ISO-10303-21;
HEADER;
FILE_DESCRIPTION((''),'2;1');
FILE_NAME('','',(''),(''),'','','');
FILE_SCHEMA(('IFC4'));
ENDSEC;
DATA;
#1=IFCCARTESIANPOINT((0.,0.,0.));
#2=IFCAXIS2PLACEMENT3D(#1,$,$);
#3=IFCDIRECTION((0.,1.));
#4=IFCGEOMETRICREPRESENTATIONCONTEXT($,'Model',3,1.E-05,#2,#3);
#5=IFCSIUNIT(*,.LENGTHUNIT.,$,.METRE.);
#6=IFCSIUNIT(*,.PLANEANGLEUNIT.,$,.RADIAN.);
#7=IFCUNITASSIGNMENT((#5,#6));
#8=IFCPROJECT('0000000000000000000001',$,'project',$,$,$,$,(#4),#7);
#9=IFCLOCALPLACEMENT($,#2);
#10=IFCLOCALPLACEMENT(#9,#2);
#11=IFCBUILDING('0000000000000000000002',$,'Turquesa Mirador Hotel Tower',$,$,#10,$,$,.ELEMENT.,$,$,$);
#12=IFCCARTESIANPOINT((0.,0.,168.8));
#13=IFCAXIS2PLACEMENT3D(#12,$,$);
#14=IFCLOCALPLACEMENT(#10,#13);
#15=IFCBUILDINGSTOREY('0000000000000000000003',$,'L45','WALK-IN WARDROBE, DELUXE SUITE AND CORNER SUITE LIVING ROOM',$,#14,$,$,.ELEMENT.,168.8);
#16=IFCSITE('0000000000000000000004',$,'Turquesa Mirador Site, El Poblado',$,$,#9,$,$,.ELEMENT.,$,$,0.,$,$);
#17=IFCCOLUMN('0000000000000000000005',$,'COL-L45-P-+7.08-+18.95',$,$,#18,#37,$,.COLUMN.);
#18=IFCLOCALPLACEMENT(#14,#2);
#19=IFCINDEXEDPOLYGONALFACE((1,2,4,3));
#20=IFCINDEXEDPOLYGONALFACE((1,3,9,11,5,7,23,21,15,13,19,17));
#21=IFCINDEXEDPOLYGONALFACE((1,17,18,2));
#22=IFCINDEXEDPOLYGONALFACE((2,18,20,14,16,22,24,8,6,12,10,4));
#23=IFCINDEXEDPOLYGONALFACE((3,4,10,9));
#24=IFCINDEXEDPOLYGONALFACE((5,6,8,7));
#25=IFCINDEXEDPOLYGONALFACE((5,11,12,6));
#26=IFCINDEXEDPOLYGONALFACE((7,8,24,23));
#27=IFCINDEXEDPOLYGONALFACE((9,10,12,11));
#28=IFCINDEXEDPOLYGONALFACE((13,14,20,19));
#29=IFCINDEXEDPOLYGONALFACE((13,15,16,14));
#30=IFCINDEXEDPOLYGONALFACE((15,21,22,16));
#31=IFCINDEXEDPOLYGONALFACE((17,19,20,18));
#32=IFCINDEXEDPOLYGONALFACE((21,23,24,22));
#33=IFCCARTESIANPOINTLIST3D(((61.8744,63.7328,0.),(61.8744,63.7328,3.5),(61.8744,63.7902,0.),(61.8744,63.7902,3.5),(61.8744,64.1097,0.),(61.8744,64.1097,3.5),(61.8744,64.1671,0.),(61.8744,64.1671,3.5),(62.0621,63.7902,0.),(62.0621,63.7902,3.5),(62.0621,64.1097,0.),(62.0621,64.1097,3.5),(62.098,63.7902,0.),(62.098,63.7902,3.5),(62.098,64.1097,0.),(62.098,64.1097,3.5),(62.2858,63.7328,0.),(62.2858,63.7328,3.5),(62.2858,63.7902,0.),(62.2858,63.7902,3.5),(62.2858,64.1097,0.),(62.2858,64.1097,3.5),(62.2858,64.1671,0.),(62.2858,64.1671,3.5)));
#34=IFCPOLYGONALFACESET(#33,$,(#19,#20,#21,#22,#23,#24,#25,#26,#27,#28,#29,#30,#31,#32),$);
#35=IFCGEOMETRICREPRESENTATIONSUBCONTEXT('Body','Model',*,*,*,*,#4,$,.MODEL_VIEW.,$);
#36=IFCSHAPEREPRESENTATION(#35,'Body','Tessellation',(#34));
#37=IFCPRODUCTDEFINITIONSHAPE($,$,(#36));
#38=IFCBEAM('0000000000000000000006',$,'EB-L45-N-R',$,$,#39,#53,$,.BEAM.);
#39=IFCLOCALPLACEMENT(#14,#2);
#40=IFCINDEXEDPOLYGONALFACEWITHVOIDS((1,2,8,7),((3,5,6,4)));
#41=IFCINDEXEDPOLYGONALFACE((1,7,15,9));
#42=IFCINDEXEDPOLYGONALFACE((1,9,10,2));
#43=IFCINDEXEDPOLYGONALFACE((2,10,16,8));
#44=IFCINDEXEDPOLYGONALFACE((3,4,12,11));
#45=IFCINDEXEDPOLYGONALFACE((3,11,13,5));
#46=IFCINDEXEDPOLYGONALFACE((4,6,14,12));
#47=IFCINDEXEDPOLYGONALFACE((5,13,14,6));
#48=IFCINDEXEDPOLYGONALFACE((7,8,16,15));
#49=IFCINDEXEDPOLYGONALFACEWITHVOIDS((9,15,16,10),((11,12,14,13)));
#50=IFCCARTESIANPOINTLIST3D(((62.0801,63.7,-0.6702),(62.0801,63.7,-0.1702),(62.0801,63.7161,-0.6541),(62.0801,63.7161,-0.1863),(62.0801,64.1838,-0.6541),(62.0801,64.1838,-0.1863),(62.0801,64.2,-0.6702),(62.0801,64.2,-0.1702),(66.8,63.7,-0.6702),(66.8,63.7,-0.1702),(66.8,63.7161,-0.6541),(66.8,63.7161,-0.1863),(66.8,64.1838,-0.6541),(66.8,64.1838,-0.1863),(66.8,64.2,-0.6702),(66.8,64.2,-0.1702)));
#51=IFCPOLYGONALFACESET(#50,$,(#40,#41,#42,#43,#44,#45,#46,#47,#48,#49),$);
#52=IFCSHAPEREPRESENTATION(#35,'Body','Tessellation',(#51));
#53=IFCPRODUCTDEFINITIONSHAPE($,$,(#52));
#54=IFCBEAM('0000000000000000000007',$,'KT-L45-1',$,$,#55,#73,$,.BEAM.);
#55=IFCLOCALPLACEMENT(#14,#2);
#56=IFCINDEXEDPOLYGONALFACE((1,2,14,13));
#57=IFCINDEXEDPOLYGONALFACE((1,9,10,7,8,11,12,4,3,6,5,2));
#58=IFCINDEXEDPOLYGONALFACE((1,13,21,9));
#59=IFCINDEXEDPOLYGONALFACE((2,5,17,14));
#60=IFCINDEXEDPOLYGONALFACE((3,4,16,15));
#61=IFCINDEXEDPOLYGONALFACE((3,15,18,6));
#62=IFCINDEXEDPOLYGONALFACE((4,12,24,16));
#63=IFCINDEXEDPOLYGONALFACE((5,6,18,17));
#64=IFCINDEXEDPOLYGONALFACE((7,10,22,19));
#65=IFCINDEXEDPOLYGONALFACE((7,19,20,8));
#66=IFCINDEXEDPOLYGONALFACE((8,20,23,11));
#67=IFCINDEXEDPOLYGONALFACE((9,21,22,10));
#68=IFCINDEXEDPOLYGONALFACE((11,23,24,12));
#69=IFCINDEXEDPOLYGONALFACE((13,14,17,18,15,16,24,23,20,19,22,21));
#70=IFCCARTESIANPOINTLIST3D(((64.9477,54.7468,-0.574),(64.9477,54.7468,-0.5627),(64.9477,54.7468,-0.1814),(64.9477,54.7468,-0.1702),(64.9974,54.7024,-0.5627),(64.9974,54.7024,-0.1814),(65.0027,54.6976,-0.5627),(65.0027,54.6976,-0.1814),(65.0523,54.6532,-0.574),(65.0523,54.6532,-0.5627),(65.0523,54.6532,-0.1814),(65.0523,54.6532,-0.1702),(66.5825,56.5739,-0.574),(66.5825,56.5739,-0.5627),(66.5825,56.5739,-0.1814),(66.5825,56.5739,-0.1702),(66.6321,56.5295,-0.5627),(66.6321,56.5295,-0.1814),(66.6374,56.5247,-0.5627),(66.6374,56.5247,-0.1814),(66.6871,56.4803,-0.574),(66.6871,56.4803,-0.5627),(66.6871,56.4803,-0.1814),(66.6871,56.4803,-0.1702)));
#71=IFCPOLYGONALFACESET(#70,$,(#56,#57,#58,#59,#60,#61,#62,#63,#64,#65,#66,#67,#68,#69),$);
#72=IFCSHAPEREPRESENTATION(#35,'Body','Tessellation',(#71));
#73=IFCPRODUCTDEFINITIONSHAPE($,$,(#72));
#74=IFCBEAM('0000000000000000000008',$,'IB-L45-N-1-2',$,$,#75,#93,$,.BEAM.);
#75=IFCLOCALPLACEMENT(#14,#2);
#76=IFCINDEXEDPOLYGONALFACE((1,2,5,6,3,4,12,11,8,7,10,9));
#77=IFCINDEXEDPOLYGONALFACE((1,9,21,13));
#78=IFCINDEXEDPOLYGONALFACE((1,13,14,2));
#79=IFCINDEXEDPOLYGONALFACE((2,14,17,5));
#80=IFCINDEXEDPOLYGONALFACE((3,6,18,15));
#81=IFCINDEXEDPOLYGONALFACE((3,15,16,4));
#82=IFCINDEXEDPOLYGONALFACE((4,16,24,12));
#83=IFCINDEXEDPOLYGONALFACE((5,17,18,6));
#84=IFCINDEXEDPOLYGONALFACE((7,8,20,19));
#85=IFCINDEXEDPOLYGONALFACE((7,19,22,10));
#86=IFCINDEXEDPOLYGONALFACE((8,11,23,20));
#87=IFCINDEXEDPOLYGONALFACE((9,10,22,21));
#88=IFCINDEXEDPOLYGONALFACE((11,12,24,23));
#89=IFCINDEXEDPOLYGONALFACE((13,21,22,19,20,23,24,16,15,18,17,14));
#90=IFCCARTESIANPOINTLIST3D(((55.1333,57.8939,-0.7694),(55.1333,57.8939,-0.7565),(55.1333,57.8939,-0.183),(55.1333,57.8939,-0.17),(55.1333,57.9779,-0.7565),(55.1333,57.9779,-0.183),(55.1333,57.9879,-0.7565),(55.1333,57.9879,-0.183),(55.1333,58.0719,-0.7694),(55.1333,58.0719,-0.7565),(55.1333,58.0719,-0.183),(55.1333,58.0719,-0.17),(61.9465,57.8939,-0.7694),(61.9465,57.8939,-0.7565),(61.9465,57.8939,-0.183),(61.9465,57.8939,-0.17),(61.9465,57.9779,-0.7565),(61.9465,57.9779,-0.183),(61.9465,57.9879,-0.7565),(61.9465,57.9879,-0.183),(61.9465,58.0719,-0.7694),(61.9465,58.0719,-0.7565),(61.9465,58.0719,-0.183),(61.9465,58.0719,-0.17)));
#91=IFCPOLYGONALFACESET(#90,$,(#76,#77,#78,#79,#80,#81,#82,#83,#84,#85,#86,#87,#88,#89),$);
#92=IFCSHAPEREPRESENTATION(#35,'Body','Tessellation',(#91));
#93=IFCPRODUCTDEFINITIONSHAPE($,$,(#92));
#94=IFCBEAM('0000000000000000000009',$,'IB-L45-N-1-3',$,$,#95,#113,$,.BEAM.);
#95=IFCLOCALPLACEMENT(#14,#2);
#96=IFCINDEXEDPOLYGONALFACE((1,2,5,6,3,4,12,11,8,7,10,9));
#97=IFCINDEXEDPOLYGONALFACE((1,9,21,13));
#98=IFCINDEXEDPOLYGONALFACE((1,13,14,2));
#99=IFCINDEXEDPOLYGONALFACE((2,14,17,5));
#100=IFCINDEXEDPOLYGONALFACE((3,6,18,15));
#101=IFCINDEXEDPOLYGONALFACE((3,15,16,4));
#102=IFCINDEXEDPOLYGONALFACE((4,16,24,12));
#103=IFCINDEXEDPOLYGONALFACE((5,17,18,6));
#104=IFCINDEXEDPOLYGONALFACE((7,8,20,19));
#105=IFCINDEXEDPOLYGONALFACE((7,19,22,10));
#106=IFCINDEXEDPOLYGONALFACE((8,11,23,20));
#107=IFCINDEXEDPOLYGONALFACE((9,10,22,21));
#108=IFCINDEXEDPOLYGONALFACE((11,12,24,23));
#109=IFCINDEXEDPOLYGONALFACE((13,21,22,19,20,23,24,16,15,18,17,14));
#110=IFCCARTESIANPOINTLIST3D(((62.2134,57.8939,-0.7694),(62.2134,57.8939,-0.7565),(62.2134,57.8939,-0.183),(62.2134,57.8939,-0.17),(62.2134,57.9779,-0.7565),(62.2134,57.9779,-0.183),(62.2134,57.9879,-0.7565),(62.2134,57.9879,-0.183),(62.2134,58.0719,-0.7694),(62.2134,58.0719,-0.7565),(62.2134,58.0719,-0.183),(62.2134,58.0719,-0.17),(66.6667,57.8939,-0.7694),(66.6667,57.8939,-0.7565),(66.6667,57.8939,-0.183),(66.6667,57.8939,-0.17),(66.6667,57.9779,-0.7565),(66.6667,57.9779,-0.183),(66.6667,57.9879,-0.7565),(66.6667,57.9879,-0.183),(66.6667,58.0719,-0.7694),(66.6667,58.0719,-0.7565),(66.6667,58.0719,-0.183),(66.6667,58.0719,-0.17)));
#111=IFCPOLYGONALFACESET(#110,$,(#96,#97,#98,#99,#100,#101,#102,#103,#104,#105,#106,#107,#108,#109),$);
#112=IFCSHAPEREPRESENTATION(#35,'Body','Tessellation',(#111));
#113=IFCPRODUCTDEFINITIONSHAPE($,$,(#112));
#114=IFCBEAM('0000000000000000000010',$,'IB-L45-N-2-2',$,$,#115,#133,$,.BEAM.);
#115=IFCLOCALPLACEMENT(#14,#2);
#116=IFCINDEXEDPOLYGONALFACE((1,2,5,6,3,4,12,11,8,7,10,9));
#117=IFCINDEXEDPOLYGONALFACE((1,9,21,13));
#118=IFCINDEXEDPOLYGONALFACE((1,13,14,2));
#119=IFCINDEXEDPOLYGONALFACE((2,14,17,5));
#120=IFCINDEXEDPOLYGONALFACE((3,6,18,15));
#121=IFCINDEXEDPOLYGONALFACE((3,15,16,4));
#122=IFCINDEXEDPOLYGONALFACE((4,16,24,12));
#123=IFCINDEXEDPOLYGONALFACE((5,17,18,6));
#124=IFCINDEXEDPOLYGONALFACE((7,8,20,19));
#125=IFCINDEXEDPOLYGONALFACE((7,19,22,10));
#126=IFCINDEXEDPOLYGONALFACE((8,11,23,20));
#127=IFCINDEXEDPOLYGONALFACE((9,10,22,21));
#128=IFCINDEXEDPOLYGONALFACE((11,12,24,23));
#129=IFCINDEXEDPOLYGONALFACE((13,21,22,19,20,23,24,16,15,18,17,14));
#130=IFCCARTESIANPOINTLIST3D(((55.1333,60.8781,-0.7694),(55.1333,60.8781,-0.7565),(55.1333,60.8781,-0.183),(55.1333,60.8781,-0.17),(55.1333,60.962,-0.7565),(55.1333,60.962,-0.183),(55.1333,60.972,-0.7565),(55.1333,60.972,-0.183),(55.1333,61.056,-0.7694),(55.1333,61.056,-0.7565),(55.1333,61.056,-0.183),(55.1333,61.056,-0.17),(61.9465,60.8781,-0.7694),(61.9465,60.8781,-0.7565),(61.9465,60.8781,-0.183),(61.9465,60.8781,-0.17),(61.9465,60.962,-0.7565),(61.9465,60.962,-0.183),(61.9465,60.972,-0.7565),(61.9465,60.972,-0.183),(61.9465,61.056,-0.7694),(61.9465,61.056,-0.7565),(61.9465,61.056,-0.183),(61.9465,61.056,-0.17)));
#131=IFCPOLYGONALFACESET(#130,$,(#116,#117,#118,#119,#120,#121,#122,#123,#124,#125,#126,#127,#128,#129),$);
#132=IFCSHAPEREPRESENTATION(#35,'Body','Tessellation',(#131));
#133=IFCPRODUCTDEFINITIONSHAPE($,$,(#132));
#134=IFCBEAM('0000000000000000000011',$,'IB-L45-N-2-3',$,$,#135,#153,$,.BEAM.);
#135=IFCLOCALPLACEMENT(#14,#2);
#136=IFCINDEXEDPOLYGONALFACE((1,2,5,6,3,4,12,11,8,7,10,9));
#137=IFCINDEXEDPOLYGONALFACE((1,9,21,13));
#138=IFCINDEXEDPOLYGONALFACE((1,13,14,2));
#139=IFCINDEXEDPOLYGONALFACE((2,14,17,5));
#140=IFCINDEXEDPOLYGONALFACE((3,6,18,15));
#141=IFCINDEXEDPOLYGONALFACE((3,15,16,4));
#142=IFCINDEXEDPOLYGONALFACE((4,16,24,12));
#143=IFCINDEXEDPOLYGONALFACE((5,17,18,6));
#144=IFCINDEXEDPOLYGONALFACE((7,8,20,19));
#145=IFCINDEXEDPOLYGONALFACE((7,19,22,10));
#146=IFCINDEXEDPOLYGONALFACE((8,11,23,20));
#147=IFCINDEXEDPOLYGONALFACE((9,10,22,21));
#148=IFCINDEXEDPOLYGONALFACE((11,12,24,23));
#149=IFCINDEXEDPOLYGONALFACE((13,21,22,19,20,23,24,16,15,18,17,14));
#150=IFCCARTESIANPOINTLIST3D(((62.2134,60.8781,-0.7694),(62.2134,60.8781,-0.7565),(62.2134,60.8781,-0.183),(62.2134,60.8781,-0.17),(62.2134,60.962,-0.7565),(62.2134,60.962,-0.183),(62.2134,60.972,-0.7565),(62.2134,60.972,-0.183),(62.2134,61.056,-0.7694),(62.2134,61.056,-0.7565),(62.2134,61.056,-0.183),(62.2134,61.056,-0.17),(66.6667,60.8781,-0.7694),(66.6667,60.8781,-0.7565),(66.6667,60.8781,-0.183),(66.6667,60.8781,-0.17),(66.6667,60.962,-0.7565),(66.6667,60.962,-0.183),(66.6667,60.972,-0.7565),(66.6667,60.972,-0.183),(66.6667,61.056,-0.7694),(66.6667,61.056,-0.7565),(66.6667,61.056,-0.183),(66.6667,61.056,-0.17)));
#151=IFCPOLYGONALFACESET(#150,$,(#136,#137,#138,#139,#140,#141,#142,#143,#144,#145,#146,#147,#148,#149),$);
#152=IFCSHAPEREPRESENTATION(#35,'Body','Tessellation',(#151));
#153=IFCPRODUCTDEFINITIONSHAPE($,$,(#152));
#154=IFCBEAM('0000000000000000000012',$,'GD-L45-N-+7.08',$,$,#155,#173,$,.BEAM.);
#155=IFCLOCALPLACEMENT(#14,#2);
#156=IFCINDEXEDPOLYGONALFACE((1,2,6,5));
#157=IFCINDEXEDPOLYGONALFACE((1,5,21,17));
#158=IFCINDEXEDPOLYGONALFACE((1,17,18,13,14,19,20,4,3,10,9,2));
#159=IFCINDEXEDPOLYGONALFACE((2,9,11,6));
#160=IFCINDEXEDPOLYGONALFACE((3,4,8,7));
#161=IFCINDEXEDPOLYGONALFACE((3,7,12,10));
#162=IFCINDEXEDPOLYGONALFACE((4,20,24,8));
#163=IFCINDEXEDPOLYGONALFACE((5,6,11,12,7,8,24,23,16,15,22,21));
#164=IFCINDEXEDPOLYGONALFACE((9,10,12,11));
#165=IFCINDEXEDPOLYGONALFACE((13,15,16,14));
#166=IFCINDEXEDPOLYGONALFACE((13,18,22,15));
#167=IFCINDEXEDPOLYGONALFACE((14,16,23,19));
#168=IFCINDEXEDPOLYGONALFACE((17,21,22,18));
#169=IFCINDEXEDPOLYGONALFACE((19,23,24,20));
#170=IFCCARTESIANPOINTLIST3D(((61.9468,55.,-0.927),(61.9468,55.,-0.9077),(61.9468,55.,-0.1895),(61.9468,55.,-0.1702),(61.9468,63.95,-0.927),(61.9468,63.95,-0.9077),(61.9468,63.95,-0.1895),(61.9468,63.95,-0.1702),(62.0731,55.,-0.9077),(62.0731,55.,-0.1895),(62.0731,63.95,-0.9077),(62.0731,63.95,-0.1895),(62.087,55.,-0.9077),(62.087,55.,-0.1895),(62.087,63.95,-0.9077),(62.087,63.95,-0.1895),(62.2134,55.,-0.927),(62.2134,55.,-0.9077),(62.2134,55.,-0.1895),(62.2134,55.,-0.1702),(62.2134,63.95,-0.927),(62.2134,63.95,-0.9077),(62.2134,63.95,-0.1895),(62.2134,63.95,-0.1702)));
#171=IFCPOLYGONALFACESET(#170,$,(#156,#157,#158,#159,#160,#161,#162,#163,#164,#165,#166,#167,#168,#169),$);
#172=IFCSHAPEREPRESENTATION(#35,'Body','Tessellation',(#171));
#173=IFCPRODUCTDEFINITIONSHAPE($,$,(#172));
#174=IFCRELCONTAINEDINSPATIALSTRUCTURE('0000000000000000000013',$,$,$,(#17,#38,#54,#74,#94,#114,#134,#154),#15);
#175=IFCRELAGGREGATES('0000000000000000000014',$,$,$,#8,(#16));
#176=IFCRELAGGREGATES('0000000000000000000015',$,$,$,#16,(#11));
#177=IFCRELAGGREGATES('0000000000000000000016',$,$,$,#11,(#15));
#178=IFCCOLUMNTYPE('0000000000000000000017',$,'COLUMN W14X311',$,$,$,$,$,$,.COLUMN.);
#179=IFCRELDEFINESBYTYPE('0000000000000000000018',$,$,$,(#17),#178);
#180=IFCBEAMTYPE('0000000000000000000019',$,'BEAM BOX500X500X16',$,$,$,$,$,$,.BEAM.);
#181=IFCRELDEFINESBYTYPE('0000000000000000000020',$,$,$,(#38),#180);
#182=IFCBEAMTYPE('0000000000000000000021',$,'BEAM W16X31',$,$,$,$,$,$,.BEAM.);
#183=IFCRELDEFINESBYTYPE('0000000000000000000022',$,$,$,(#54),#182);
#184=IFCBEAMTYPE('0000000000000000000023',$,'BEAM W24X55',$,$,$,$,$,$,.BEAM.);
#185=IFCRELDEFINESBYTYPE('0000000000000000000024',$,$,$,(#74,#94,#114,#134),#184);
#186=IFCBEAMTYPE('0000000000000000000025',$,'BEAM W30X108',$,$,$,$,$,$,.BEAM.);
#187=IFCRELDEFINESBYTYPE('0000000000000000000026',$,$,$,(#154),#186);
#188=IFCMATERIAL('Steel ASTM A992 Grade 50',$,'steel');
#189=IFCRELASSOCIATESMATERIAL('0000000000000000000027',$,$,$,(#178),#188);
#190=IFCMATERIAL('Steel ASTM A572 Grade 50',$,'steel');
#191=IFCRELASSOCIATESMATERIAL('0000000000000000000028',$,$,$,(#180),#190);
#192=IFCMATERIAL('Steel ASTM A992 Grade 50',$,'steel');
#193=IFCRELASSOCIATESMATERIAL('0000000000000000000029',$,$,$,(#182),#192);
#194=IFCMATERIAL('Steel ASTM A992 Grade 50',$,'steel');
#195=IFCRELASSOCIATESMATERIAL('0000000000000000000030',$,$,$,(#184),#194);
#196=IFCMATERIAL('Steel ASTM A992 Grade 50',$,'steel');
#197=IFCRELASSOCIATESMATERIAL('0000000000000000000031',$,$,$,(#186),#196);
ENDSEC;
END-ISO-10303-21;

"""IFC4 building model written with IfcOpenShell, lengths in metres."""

from ifc_helpers import new_model, si_unit, direction, frame, origin, origin_2d, place, context, subcontext, project, spatial, hollow_rectangle, i_section, extrude, material, material_profile, profile_set, type_object, element, save


model = new_model("IFC4")

# Units and contexts
model_context = context("Model", 3, precision=1e-05, world=origin(), true_north=direction((0.0, 1.0)))
body_context = subcontext(model_context, "Body", "Model", "MODEL_VIEW")
ifc_project = project(units=[si_unit("LENGTHUNIT", "METRE"), si_unit("PLANEANGLEUNIT", "RADIAN")], contexts=[model_context])

# Site, building, storey
site_placement = place(None, origin())
site = spatial("IfcSite", under=ifc_project, at=site_placement, Name="Turquesa Mirador Site, El Poblado", CompositionType="ELEMENT", RefElevation=0.0)
building_placement = place(site_placement, origin())
building = spatial("IfcBuilding", under=site, at=building_placement, Name="Turquesa Mirador Hotel Tower", CompositionType="ELEMENT")
storey_placement = place(building_placement, frame((0.0, 0.0, 168.8)))
storey = spatial("IfcBuildingStorey", under=building, at=storey_placement, Name="L45", Description="WALK-IN WARDROBE, DELUXE SUITE AND CORNER SUITE LIVING ROOM", CompositionType="ELEMENT", Elevation=168.8)

# Column
ifc_material_1 = material(Name="Steel ASTM A992 Grade 50", Category="steel")
ifc_material_profile_1 = material_profile(ifc_material_1, i_section(OverallWidth=0.4114, OverallDepth=0.4343, WebThickness=0.0359, FlangeThickness=0.0574, at=origin_2d()), Name="W14X311")
ifc_profile_set_1 = profile_set([ifc_material_profile_1], Name="Steel ASTM A992 Grade 50")
column_type = type_object("IfcColumnType", Name="COLUMN W14X311", PredefinedType="COLUMN", material=ifc_profile_set_1)
column_placement = place(storey_placement, frame((62.0801, 63.95, 0.0), z_axis=(0.0, 0.0, 1.0), x_axis=(1.0, 0.0, 0.0)))
element("IfcColumn", 1, at=column_placement, inside=storey, type_object=column_type, Name="COL-L45-P-+7.08-+18.95", PredefinedType="COLUMN", context=body_context, shape_type="SweptSolid", body=[
    extrude(i_section(OverallWidth=0.4114, OverallDepth=0.4343, WebThickness=0.0359, FlangeThickness=0.0574, at=origin_2d()), origin(), (0.0, 0.0, 1.0), 3.5),
])

# Beams
ifc_material_2 = material(Name="Steel ASTM A572 Grade 50", Category="steel")
ifc_material_profile_2 = material_profile(ifc_material_2, hollow_rectangle(XDim=0.5, YDim=0.5, WallThickness=0.0161, at=origin_2d()), Name="BOX500X500X16")
ifc_profile_set_2 = profile_set([ifc_material_profile_2], Name="Steel ASTM A572 Grade 50")
beam_type_1 = type_object("IfcBeamType", Name="BEAM BOX500X500X16", PredefinedType="BEAM", material=ifc_profile_set_2)
beam_1_placement = place(storey_placement, frame((62.0801, 63.95, -0.4202), z_axis=(1.0, 0.0, 0.0), x_axis=(0.0, 1.0, 0.0)))
element("IfcBeam", 2, at=beam_1_placement, inside=storey, type_object=beam_type_1, Name="EB-L45-N-R", PredefinedType="BEAM", context=body_context, shape_type="SweptSolid", body=[
    extrude(hollow_rectangle(XDim=0.5, YDim=0.5, WallThickness=0.0161, at=origin_2d()), origin(), (0.0, 0.0, 1.0), 4.72),
])
ifc_material_3 = material(Name="Steel ASTM A992 Grade 50", Category="steel")
ifc_material_profile_3 = material_profile(ifc_material_3, i_section(OverallWidth=0.1404, OverallDepth=0.4038, WebThickness=0.0071, FlangeThickness=0.0112, at=origin_2d()), Name="W16X31")
ifc_profile_set_3 = profile_set([ifc_material_profile_3], Name="Steel ASTM A992 Grade 50")
beam_type_2 = type_object("IfcBeamType", Name="BEAM W16X31", PredefinedType="BEAM", material=ifc_profile_set_3)
beam_2_placement = place(storey_placement, frame((66.6348, 56.5271, -0.3721), z_axis=(-0.666783, -0.745252, 0.0), x_axis=(0.745252, -0.666783, 0.0)))
element("IfcBeam", 3, at=beam_2_placement, inside=storey, type_object=beam_type_2, Name="KT-L45-1", PredefinedType="BEAM", context=body_context, shape_type="SweptSolid", body=[
    extrude(i_section(OverallWidth=0.1404, OverallDepth=0.4038, WebThickness=0.0071, FlangeThickness=0.0112, at=origin_2d()), origin(), (0.0, 0.0, 1.0), 2.4517),
])
ifc_material_4 = material(Name="Steel ASTM A992 Grade 50", Category="steel")
ifc_material_profile_4 = material_profile(ifc_material_4, i_section(OverallWidth=0.178, OverallDepth=0.5994, WebThickness=0.01, FlangeThickness=0.0129, at=origin_2d()), Name="W24X55")
ifc_profile_set_4 = profile_set([ifc_material_profile_4], Name="Steel ASTM A992 Grade 50")
beam_type_3 = type_object("IfcBeamType", Name="BEAM W24X55", PredefinedType="BEAM", material=ifc_profile_set_4)
beam_3_placement = place(storey_placement, frame((55.1333, 57.9829, -0.4697), z_axis=(1.0, 0.0, 0.0), x_axis=(0.0, 1.0, 0.0)))
element("IfcBeam", 4, at=beam_3_placement, inside=storey, type_object=beam_type_3, Name="IB-L45-N-1-2", PredefinedType="BEAM", context=body_context, shape_type="SweptSolid", body=[
    extrude(i_section(OverallWidth=0.178, OverallDepth=0.5994, WebThickness=0.01, FlangeThickness=0.0129, at=origin_2d()), origin(), (0.0, 0.0, 1.0), 6.8132),
])
beam_4_placement = place(storey_placement, frame((62.2134, 57.9829, -0.4697), z_axis=(1.0, 0.0, 0.0), x_axis=(0.0, 1.0, 0.0)))
element("IfcBeam", 5, at=beam_4_placement, inside=storey, type_object=beam_type_3, Name="IB-L45-N-1-3", PredefinedType="BEAM", context=body_context, shape_type="SweptSolid", body=[
    extrude(i_section(OverallWidth=0.178, OverallDepth=0.5994, WebThickness=0.01, FlangeThickness=0.0129, at=origin_2d()), origin(), (0.0, 0.0, 1.0), 4.4534),
])
beam_5_placement = place(storey_placement, frame((55.1333, 60.967, -0.4697), z_axis=(1.0, 0.0, 0.0), x_axis=(0.0, 1.0, 0.0)))
element("IfcBeam", 6, at=beam_5_placement, inside=storey, type_object=beam_type_3, Name="IB-L45-N-2-2", PredefinedType="BEAM", context=body_context, shape_type="SweptSolid", body=[
    extrude(i_section(OverallWidth=0.178, OverallDepth=0.5994, WebThickness=0.01, FlangeThickness=0.0129, at=origin_2d()), origin(), (0.0, 0.0, 1.0), 6.8132),
])
beam_6_placement = place(storey_placement, frame((62.2134, 60.967, -0.4697), z_axis=(1.0, 0.0, 0.0), x_axis=(0.0, 1.0, 0.0)))
element("IfcBeam", 7, at=beam_6_placement, inside=storey, type_object=beam_type_3, Name="IB-L45-N-2-3", PredefinedType="BEAM", context=body_context, shape_type="SweptSolid", body=[
    extrude(i_section(OverallWidth=0.178, OverallDepth=0.5994, WebThickness=0.01, FlangeThickness=0.0129, at=origin_2d()), origin(), (0.0, 0.0, 1.0), 4.4534),
])
ifc_material_5 = material(Name="Steel ASTM A992 Grade 50", Category="steel")
ifc_material_profile_5 = material_profile(ifc_material_5, i_section(OverallWidth=0.2666, OverallDepth=0.7568, WebThickness=0.0139, FlangeThickness=0.0193, at=origin_2d()), Name="W30X108")
ifc_profile_set_5 = profile_set([ifc_material_profile_5], Name="Steel ASTM A992 Grade 50")
beam_type_4 = type_object("IfcBeamType", Name="BEAM W30X108", PredefinedType="BEAM", material=ifc_profile_set_5)
for number, where, z_axis, x_axis, name in (
    (8, (62.0801, 63.95, -0.5486), (0.0, -1.0, 0.0), (1.0, 0.0, 0.0), "GD-L45-N-+7.08"),
):
    element("IfcBeam", number, at=place(storey_placement, frame(where, z_axis=z_axis, x_axis=x_axis)), inside=storey, type_object=beam_type_4, Name=name, PredefinedType="BEAM", context=body_context, shape_type="SweptSolid", body=[
        extrude(i_section(OverallWidth=0.2666, OverallDepth=0.7568, WebThickness=0.0139, FlangeThickness=0.0193, at=origin_2d()), origin(), (0.0, 0.0, 1.0), 8.95),
    ])

save(model, "model.ifc")
